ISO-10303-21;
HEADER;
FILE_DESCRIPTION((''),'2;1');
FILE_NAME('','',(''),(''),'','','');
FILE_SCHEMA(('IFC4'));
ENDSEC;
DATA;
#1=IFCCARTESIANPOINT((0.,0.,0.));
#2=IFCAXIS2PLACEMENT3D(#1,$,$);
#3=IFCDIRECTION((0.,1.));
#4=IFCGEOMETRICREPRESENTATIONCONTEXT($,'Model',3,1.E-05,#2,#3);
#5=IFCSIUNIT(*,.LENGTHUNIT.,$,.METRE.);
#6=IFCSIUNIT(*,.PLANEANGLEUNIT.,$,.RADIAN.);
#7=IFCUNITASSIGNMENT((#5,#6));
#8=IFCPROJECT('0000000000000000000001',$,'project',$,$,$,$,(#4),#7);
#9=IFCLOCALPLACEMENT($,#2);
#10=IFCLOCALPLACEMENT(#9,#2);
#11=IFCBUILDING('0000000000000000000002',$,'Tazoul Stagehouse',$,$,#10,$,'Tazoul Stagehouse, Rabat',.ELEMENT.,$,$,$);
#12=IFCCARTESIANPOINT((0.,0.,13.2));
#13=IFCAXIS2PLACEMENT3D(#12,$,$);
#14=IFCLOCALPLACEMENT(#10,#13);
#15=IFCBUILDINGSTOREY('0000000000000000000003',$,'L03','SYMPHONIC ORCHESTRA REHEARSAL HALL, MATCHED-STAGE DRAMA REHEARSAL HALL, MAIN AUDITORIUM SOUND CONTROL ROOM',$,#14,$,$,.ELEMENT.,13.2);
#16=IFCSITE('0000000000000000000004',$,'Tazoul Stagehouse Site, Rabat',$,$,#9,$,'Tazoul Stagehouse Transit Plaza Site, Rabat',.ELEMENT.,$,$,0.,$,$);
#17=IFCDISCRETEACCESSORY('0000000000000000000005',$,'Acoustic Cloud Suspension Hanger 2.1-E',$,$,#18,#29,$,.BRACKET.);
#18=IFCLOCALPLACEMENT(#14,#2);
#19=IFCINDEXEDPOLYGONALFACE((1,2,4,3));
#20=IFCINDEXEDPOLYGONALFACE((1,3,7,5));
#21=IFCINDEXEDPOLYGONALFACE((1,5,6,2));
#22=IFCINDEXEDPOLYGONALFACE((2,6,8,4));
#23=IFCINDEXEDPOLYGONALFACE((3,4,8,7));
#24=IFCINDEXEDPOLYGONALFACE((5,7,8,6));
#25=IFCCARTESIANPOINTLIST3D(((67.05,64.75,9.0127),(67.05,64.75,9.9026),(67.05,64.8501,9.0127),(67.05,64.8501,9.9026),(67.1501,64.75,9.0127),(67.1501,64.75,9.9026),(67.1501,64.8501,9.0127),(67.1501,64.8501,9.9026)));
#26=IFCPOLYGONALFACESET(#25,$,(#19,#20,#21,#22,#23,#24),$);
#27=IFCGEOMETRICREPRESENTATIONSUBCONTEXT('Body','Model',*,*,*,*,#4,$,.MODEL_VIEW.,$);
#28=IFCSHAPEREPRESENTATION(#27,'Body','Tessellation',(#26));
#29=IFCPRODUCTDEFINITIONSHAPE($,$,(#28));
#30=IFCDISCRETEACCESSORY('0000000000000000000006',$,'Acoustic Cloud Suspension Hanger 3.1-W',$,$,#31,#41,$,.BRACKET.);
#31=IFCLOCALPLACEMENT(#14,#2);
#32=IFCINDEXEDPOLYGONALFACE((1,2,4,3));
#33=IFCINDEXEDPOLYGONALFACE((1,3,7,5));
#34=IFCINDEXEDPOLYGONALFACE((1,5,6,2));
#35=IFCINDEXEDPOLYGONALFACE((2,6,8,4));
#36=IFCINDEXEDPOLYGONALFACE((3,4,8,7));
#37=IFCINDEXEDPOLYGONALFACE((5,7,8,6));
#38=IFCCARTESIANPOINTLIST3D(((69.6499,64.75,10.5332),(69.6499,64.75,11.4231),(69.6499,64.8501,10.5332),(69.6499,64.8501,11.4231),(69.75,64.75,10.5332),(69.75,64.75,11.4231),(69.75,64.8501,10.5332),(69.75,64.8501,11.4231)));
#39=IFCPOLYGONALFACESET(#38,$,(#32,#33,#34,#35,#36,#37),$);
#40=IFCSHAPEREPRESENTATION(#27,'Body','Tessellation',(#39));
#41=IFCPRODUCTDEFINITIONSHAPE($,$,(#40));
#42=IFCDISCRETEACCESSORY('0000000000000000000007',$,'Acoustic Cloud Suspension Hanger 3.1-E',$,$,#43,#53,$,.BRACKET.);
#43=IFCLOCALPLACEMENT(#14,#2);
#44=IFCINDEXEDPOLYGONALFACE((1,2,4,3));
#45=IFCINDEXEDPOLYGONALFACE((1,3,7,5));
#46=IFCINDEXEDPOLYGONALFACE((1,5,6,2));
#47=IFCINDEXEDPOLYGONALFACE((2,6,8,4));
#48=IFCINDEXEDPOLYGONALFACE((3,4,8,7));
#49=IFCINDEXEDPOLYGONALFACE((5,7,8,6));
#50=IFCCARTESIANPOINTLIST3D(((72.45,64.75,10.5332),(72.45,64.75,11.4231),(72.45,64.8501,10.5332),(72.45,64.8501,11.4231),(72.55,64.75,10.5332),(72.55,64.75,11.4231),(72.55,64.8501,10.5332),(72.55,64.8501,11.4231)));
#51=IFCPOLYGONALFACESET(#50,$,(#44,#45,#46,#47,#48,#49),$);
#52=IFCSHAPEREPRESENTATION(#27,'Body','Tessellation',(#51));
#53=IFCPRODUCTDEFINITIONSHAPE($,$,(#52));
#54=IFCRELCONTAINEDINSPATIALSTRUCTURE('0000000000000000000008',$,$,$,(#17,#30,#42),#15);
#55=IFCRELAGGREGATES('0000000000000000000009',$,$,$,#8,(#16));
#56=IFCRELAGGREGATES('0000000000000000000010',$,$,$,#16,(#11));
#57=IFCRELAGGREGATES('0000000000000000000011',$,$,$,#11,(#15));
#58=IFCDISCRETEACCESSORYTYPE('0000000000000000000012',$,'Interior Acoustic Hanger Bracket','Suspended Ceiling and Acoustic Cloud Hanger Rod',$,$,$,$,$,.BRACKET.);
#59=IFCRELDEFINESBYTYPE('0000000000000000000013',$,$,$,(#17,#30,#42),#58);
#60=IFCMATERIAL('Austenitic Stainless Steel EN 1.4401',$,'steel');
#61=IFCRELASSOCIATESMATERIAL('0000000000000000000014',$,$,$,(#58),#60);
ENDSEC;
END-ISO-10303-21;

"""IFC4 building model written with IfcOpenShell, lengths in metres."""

from ifc_helpers import new_model, si_unit, direction, frame, origin, origin_2d, place, context, subcontext, project, spatial, rectangle, extrude, material, type_object, element, save


model = new_model("IFC4")

# Units and contexts
model_context = context("Model", 3, precision=1e-05, world=origin(), true_north=direction((0.0, 1.0)))
body_context = subcontext(model_context, "Body", "Model", "MODEL_VIEW")
ifc_project = project(units=[si_unit("LENGTHUNIT", "METRE"), si_unit("PLANEANGLEUNIT", "RADIAN")], contexts=[model_context])

# Site, building, storey
site_placement = place(None, origin())
site = spatial("IfcSite", under=ifc_project, at=site_placement, Name="Tazoul Stagehouse Site, Rabat", LongName="Tazoul Stagehouse Transit Plaza Site, Rabat", CompositionType="ELEMENT", RefElevation=0.0)
building_placement = place(site_placement, origin())
building = spatial("IfcBuilding", under=site, at=building_placement, Name="Tazoul Stagehouse", LongName="Tazoul Stagehouse, Rabat", CompositionType="ELEMENT")
storey_placement = place(building_placement, frame((0.0, 0.0, 13.2)))
storey = spatial("IfcBuildingStorey", under=building, at=storey_placement, Name="L03", Description="SYMPHONIC ORCHESTRA REHEARSAL HALL, MATCHED-STAGE DRAMA REHEARSAL HALL, MAIN AUDITORIUM SOUND CONTROL ROOM", CompositionType="ELEMENT", Elevation=13.2)

# Discrete accessories
ifc_material_1 = material(Name="Austenitic Stainless Steel EN 1.4401", Category="steel")
discrete_accessory_type = type_object("IfcDiscreteAccessoryType", Name="Interior Acoustic Hanger Bracket", Description="Suspended Ceiling and Acoustic Cloud Hanger Rod", PredefinedType="BRACKET", material=ifc_material_1)
for number, where, z_axis, x_axis, name in (
    (1, (67.1001, 64.8, 9.0127), (0.0, 0.0, 1.0), (1.0, 0.0, 0.0), "Acoustic Cloud Suspension Hanger 2.1-E"),
    (2, (69.7, 64.8, 10.5332), (0.0, 0.0, 1.0), (1.0, 0.0, 0.0), "Acoustic Cloud Suspension Hanger 3.1-W"),
    (3, (72.5, 64.8, 10.5332), (0.0, 0.0, 1.0), (1.0, 0.0, 0.0), "Acoustic Cloud Suspension Hanger 3.1-E"),
):
    element("IfcDiscreteAccessory", number, at=place(storey_placement, frame(where, z_axis=z_axis, x_axis=x_axis)), inside=storey, type_object=discrete_accessory_type, Name=name, PredefinedType="BRACKET", context=body_context, shape_type="SweptSolid", body=[
        extrude(rectangle(XDim=0.1001, YDim=0.1001, at=origin_2d()), origin(), (0.0, 0.0, 1.0), 0.8899),
    ])

save(model, "model.ifc")
